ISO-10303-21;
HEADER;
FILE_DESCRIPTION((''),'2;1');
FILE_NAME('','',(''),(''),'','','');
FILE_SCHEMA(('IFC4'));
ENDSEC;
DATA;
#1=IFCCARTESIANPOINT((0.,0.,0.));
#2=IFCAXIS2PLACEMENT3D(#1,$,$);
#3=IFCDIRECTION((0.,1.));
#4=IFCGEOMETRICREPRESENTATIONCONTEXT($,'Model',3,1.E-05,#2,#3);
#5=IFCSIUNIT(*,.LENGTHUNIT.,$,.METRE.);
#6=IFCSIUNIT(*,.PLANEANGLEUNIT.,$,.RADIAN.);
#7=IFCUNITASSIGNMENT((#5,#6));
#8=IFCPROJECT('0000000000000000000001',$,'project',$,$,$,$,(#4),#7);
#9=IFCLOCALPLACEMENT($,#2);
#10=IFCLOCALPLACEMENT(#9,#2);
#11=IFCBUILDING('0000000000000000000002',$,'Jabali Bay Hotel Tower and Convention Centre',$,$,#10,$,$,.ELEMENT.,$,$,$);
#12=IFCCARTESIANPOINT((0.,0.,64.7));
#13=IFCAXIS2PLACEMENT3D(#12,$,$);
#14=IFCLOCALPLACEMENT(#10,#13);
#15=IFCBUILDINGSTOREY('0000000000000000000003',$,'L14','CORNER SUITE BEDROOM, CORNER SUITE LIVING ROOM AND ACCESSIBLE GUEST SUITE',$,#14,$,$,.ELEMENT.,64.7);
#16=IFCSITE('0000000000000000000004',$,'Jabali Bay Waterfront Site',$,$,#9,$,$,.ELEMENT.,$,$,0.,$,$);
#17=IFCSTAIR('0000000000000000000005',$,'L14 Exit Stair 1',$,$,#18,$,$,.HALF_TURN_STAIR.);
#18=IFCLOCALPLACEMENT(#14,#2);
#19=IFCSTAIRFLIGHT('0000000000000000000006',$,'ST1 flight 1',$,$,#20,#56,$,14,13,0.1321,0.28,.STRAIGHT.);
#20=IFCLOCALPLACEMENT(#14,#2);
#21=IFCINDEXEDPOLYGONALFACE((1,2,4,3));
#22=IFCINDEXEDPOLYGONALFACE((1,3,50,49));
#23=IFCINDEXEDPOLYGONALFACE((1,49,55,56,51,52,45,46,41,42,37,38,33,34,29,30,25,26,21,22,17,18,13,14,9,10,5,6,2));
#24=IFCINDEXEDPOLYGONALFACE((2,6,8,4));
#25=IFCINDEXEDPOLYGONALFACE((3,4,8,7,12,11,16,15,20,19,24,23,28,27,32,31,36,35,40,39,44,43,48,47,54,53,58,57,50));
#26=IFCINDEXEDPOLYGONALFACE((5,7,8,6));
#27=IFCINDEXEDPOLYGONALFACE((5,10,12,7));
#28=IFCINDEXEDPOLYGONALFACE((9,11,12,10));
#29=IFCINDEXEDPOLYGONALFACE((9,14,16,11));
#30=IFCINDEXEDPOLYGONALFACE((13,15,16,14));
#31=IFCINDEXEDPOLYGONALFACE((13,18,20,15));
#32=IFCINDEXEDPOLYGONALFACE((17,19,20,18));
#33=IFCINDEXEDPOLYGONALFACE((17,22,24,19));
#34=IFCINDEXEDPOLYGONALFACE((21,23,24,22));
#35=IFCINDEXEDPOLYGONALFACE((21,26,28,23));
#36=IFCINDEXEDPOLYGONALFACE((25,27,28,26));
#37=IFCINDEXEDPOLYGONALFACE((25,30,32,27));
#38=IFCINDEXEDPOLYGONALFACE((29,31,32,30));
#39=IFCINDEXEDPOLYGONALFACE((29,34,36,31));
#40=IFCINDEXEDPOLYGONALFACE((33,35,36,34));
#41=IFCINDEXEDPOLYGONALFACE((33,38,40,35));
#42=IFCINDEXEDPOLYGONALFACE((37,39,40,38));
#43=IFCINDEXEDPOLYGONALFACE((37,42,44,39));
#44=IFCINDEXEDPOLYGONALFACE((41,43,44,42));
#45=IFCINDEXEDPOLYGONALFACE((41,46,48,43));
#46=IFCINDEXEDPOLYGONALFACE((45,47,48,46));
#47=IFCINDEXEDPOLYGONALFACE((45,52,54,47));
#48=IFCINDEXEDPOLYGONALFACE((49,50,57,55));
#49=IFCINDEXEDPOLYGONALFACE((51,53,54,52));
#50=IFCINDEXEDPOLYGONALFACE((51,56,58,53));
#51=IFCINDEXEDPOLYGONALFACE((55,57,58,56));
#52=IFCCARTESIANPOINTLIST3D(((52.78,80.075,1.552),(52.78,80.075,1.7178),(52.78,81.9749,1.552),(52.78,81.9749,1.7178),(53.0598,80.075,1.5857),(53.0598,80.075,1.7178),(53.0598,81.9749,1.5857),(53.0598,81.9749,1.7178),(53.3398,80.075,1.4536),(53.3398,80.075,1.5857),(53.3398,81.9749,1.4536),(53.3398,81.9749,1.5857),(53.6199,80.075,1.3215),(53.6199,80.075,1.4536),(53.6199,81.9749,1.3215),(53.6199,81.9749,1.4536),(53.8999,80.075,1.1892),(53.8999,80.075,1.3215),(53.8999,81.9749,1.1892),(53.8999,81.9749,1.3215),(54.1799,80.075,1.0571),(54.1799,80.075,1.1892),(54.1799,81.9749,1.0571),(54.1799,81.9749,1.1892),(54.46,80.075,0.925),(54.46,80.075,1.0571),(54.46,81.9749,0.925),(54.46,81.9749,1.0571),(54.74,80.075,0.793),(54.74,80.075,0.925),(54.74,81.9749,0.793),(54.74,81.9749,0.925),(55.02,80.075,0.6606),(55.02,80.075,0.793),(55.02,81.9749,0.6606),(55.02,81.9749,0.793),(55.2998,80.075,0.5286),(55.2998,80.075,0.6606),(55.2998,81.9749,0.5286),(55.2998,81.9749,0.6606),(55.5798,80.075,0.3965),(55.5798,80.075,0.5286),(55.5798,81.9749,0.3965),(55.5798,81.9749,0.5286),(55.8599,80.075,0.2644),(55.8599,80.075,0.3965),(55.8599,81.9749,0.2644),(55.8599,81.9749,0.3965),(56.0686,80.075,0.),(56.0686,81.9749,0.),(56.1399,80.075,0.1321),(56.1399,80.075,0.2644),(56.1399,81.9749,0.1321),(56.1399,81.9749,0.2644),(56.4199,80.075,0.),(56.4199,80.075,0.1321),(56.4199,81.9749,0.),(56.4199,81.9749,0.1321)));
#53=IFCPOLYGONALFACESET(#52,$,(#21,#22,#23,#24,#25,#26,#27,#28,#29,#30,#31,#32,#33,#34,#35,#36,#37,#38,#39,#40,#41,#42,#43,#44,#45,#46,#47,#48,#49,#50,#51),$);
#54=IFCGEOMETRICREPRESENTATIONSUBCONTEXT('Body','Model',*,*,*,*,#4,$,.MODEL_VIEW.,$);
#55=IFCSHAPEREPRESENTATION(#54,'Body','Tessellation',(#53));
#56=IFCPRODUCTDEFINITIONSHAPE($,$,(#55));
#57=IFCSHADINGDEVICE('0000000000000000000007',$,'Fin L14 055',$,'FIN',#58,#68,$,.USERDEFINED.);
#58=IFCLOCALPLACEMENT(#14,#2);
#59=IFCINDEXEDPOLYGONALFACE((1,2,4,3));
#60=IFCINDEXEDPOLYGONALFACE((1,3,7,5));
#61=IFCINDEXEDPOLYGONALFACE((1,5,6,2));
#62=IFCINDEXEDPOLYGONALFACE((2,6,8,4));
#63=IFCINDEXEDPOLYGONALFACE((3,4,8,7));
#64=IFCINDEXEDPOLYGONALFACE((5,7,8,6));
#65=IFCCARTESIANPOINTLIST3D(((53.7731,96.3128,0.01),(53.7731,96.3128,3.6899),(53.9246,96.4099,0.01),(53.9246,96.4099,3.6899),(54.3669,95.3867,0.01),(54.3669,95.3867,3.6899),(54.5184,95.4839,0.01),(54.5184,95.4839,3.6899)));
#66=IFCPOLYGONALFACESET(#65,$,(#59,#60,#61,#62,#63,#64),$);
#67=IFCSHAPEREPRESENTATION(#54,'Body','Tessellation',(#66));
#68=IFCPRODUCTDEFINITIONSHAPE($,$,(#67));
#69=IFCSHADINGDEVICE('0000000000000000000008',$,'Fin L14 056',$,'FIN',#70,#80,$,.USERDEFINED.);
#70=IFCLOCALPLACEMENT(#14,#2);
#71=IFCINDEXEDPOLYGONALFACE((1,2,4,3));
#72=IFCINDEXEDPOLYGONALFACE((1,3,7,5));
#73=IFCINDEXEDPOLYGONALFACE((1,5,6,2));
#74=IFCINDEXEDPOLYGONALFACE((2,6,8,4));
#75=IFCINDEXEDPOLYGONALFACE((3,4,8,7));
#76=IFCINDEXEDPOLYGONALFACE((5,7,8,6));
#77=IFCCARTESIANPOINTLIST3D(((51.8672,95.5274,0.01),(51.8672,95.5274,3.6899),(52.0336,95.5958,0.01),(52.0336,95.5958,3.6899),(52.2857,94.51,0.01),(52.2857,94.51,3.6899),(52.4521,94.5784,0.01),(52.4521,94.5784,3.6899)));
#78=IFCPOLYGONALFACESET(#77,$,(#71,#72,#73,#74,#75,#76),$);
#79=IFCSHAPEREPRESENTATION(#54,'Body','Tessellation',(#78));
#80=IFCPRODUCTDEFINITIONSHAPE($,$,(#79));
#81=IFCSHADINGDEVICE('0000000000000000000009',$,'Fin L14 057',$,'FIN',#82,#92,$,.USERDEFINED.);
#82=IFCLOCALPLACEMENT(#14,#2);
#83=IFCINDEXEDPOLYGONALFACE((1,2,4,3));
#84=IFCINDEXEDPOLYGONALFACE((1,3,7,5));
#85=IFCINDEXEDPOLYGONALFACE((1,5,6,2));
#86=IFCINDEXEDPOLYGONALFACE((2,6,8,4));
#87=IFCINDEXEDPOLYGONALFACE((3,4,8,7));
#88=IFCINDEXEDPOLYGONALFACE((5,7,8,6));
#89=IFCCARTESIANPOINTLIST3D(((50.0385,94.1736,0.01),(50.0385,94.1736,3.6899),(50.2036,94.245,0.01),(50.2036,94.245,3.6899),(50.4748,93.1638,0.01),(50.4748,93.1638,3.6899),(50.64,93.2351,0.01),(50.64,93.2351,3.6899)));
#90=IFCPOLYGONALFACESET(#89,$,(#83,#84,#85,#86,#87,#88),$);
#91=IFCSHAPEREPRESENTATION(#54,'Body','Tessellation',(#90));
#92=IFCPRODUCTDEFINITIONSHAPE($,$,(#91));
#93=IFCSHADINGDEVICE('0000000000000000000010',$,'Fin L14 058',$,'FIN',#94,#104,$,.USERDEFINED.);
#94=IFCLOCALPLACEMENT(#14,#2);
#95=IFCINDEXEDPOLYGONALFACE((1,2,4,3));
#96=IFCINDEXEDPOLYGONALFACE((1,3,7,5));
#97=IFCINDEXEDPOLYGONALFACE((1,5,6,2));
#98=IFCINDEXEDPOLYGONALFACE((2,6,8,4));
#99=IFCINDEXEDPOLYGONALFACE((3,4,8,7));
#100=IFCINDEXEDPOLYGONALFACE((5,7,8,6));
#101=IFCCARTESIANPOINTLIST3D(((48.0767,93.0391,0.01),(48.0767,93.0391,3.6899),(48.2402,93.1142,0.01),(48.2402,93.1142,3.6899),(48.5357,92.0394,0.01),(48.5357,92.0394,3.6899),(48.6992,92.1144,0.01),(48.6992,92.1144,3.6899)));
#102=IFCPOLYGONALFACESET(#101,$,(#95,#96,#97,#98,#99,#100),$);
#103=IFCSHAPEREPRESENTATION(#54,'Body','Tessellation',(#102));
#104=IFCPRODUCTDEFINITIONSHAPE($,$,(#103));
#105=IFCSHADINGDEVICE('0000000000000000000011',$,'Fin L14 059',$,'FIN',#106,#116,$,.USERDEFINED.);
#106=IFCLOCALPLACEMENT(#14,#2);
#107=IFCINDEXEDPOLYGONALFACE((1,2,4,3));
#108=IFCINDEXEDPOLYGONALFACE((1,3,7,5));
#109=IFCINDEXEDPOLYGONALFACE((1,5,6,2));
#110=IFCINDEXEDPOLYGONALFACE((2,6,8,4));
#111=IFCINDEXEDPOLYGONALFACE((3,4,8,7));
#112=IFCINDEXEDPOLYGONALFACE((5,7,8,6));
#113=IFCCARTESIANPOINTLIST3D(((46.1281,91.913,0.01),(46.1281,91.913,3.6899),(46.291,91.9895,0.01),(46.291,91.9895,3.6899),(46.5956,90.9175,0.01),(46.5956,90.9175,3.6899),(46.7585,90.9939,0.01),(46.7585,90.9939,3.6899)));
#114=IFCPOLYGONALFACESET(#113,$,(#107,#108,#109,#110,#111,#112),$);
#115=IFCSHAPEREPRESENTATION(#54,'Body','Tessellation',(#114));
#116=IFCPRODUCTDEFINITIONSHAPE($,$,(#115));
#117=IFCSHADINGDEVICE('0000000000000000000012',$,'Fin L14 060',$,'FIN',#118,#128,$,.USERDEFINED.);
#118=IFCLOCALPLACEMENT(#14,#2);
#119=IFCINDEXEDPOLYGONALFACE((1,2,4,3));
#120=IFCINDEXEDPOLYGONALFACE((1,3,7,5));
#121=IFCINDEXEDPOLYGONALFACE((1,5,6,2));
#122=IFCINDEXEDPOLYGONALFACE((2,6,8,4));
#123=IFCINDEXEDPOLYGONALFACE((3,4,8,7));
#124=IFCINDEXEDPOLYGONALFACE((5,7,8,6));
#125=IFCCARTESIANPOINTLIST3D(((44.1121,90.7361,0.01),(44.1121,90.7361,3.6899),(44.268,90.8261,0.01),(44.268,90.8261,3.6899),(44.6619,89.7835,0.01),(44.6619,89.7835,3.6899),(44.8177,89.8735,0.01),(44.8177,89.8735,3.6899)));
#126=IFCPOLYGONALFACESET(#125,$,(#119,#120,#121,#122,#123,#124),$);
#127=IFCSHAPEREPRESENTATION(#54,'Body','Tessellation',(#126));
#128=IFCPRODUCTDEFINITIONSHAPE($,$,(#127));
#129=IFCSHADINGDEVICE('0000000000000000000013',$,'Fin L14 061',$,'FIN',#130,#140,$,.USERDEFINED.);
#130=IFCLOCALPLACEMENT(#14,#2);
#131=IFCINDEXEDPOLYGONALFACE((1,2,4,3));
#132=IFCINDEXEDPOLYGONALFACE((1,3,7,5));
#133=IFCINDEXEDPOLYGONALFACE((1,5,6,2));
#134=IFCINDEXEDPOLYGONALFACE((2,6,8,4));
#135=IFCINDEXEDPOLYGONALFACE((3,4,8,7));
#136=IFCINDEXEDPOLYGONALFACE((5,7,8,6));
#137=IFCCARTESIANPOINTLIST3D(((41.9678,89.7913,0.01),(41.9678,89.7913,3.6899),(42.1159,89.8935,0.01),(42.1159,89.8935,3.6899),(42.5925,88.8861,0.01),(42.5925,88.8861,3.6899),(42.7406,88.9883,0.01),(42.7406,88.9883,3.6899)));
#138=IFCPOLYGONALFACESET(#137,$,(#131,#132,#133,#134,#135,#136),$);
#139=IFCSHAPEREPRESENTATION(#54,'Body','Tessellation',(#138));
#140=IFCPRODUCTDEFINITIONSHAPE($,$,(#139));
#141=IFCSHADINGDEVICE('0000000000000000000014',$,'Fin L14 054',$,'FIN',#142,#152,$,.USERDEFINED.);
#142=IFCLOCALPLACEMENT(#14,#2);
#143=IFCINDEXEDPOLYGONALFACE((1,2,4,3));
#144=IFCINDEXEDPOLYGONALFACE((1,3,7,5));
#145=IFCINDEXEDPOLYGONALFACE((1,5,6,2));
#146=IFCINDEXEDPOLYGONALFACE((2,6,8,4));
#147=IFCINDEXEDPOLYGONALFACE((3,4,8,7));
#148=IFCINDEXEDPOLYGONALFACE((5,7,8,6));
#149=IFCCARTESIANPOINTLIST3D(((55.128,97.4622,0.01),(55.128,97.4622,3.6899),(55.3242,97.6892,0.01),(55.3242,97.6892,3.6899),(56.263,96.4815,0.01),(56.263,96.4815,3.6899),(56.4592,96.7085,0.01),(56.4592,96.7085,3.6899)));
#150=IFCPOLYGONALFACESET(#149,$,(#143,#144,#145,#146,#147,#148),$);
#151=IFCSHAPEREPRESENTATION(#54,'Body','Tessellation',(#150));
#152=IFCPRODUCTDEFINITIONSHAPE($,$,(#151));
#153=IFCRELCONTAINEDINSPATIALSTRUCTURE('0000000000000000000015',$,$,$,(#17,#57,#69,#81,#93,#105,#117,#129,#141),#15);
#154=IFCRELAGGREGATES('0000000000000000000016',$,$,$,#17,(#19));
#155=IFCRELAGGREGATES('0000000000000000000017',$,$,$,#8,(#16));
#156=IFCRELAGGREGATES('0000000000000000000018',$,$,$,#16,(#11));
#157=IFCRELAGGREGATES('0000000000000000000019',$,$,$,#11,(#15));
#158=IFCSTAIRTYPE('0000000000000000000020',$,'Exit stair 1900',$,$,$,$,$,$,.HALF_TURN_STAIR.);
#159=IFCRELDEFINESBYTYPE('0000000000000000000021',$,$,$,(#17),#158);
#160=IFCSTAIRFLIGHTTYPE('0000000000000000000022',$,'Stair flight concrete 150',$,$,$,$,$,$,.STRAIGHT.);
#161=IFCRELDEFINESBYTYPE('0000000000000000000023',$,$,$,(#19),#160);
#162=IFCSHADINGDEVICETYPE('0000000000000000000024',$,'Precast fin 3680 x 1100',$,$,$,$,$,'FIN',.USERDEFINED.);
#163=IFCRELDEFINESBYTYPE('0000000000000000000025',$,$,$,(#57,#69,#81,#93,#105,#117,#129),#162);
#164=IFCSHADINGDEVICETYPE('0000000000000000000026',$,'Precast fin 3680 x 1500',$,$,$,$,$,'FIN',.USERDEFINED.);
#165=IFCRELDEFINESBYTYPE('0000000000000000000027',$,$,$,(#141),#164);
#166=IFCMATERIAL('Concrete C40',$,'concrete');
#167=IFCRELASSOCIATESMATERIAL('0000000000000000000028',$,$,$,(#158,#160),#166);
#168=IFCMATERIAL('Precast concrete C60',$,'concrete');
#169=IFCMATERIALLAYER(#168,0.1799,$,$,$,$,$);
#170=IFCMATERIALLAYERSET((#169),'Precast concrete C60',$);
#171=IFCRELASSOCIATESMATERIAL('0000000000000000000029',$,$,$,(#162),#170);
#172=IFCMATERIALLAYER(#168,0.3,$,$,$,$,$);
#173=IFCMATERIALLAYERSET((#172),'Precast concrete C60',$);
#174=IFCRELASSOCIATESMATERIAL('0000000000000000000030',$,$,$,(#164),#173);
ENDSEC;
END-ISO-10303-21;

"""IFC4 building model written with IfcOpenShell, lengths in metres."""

from ifc_helpers import new_model, si_unit, direction, frame, frame_2d, origin, place, context, subcontext, project, spatial, polyline, rectangle, outline, extrude, material, layer, layer_set, type_object, element, aggregate, save


model = new_model("IFC4")

# Units and contexts
model_context = context("Model", 3, precision=1e-05, world=origin(), true_north=direction((0.0, 1.0)))
body_context = subcontext(model_context, "Body", "Model", "MODEL_VIEW")
ifc_project = project(units=[si_unit("LENGTHUNIT", "METRE"), si_unit("PLANEANGLEUNIT", "RADIAN")], contexts=[model_context])

# Site, building, storey
site_placement = place(None, origin())
site = spatial("IfcSite", under=ifc_project, at=site_placement, Name="Jabali Bay Waterfront Site", CompositionType="ELEMENT", RefElevation=0.0)
building_placement = place(site_placement, origin())
building = spatial("IfcBuilding", under=site, at=building_placement, Name="Jabali Bay Hotel Tower and Convention Centre", CompositionType="ELEMENT")
storey_placement = place(building_placement, frame((0.0, 0.0, 64.7)))
storey = spatial("IfcBuildingStorey", under=building, at=storey_placement, Name="L14", Description="CORNER SUITE BEDROOM, CORNER SUITE LIVING ROOM AND ACCESSIBLE GUEST SUITE", CompositionType="ELEMENT", Elevation=64.7)

# Shared definitions
ifc_material_1 = material(Name="Concrete C40", Category="concrete")

# Stair, stair flight
stair_type = type_object("IfcStairType", Name="Exit stair 1900", PredefinedType="HALF_TURN_STAIR", material=ifc_material_1)
stair_placement = place(storey_placement, origin())
stair = element("IfcStair", 1, at=stair_placement, inside=storey, type_object=stair_type, Name="L14 Exit Stair 1", PredefinedType="HALF_TURN_STAIR")
stair_flight_type = type_object("IfcStairFlightType", Name="Stair flight concrete 150", PredefinedType="STRAIGHT", material=ifc_material_1)
stair_flight_placement = place(storey_placement, frame((56.4199, 81.0249, 0.0), z_axis=(0.0, 0.0, 1.0), x_axis=(-1.0, 0.0, 0.0)))
stair_flight = element("IfcStairFlight", 2, at=stair_flight_placement, type_object=stair_flight_type, Name="ST1 flight 1", NumberOfRisers=14, NumberOfTreads=13, PredefinedType="STRAIGHT", RiserHeight=0.1321, TreadLength=0.28, context=body_context, shape_type="SweptSolid", body=[
    extrude(outline(polyline([(0.0, 0.0), (0.0, 0.1321), (0.28, 0.1321), (0.28, 0.2644), (0.5601, 0.2644), (0.5601, 0.3965), (0.8401, 0.3965), (0.8401, 0.5286), (1.1201, 0.5286), (1.1201, 0.6606), (1.3999, 0.6606), (1.3999, 0.793), (1.6799, 0.793), (1.6799, 0.925), (1.96, 0.925), (1.96, 1.0571), (2.24, 1.0571), (2.24, 1.1892), (2.52, 1.1892), (2.52, 1.3215), (2.8, 1.3215), (2.8, 1.4536), (3.0801, 1.4536), (3.0801, 1.5857), (3.3601, 1.5857), (3.3601, 1.7178), (3.6399, 1.7178), (3.6399, 1.8501), (3.6399, 1.552), (0.3513, 0.0), (0.0, 0.0)])), frame((0.0, 0.95, 0.0), z_axis=(0.0, -1.0, 0.0), x_axis=(1.0, 0.0, 0.0)), (0.0, 0.0, 1.0), 1.8999),
])
aggregate(stair, [stair_flight])

# Shading devices
ifc_material_2 = material(Name="Precast concrete C60", Category="concrete")
ifc_layer_1 = layer(ifc_material_2, 0.1799)
ifc_layer_set_1 = layer_set([ifc_layer_1], Name="Precast concrete C60")
shading_device_type_1 = type_object("IfcShadingDeviceType", Name="Precast fin 3680 x 1100", ElementType="FIN", PredefinedType="USERDEFINED", material=ifc_layer_set_1)
for number, where, z_axis, x_axis, name in (
    (3, (54.4426, 95.4353, 0.01), (0.0, 0.0, 1.0), (-0.539759, 0.84182, 0.0), "Fin L14 055"),
    (4, (52.3689, 94.5442, 0.01), (0.0, 0.0, 1.0), (-0.380404, 0.924821, 0.0), "Fin L14 056"),
    (5, (50.5574, 93.1995, 0.01), (0.0, 0.0, 1.0), (-0.396623, 0.917982, 0.0), "Fin L14 057"),
    (6, (48.6174, 92.0769, 0.01), (0.0, 0.0, 1.0), (-0.417228, 0.908802, 0.0), "Fin L14 058"),
):
    element("IfcShadingDevice", number, at=place(storey_placement, frame(where, z_axis=z_axis, x_axis=x_axis)), inside=storey, type_object=shading_device_type_1, Name=name, ObjectType="FIN", PredefinedType="USERDEFINED", context=body_context, shape_type="SweptSolid", body=[
        extrude(rectangle(XDim=1.1001, YDim=0.1799, at=frame_2d((0.55, 0.0))), origin(), (0.0, 0.0, 1.0), 3.6799),
    ])
for number, where, z_axis, x_axis, name in (
    (7, (46.677, 90.9558, 0.01), (0.0, 0.0, 1.0), (-0.425059, 0.905165, 0.0), "Fin L14 059"),
    (8, (44.7397, 89.8286, 0.01), (0.0, 0.0, 1.0), (-0.499863, 0.866104, 0.0), "Fin L14 060"),
    (9, (42.6665, 88.9373, 0.01), (0.0, 0.0, 1.0), (-0.567997, 0.82303, 0.0), "Fin L14 061"),
):
    element("IfcShadingDevice", number, at=place(storey_placement, frame(where, z_axis=z_axis, x_axis=x_axis)), inside=storey, type_object=shading_device_type_1, Name=name, ObjectType="FIN", PredefinedType="USERDEFINED", context=body_context, shape_type="SweptSolid", body=[
        extrude(rectangle(XDim=1.0999, YDim=0.1799, at=frame_2d((0.5498, 0.0))), origin(), (0.0, 0.0, 1.0), 3.6799),
    ])
ifc_layer_2 = layer(ifc_material_2, 0.3)
ifc_layer_set_2 = layer_set([ifc_layer_2], Name="Precast concrete C60")
shading_device_type_2 = type_object("IfcShadingDeviceType", Name="Precast fin 3680 x 1500", ElementType="FIN", PredefinedType="USERDEFINED", material=ifc_layer_set_2)
shading_device_placement = place(storey_placement, frame((56.3611, 96.595, 0.01), z_axis=(0.0, 0.0, 1.0), x_axis=(-0.756666, 0.653802, 0.0)))
element("IfcShadingDevice", 10, at=shading_device_placement, inside=storey, type_object=shading_device_type_2, Name="Fin L14 054", ObjectType="FIN", PredefinedType="USERDEFINED", context=body_context, shape_type="SweptSolid", body=[
    extrude(rectangle(XDim=1.5, YDim=0.3, at=frame_2d((0.75, 0.0))), origin(), (0.0, 0.0, 1.0), 3.6799),
])

save(model, "model.ifc")
